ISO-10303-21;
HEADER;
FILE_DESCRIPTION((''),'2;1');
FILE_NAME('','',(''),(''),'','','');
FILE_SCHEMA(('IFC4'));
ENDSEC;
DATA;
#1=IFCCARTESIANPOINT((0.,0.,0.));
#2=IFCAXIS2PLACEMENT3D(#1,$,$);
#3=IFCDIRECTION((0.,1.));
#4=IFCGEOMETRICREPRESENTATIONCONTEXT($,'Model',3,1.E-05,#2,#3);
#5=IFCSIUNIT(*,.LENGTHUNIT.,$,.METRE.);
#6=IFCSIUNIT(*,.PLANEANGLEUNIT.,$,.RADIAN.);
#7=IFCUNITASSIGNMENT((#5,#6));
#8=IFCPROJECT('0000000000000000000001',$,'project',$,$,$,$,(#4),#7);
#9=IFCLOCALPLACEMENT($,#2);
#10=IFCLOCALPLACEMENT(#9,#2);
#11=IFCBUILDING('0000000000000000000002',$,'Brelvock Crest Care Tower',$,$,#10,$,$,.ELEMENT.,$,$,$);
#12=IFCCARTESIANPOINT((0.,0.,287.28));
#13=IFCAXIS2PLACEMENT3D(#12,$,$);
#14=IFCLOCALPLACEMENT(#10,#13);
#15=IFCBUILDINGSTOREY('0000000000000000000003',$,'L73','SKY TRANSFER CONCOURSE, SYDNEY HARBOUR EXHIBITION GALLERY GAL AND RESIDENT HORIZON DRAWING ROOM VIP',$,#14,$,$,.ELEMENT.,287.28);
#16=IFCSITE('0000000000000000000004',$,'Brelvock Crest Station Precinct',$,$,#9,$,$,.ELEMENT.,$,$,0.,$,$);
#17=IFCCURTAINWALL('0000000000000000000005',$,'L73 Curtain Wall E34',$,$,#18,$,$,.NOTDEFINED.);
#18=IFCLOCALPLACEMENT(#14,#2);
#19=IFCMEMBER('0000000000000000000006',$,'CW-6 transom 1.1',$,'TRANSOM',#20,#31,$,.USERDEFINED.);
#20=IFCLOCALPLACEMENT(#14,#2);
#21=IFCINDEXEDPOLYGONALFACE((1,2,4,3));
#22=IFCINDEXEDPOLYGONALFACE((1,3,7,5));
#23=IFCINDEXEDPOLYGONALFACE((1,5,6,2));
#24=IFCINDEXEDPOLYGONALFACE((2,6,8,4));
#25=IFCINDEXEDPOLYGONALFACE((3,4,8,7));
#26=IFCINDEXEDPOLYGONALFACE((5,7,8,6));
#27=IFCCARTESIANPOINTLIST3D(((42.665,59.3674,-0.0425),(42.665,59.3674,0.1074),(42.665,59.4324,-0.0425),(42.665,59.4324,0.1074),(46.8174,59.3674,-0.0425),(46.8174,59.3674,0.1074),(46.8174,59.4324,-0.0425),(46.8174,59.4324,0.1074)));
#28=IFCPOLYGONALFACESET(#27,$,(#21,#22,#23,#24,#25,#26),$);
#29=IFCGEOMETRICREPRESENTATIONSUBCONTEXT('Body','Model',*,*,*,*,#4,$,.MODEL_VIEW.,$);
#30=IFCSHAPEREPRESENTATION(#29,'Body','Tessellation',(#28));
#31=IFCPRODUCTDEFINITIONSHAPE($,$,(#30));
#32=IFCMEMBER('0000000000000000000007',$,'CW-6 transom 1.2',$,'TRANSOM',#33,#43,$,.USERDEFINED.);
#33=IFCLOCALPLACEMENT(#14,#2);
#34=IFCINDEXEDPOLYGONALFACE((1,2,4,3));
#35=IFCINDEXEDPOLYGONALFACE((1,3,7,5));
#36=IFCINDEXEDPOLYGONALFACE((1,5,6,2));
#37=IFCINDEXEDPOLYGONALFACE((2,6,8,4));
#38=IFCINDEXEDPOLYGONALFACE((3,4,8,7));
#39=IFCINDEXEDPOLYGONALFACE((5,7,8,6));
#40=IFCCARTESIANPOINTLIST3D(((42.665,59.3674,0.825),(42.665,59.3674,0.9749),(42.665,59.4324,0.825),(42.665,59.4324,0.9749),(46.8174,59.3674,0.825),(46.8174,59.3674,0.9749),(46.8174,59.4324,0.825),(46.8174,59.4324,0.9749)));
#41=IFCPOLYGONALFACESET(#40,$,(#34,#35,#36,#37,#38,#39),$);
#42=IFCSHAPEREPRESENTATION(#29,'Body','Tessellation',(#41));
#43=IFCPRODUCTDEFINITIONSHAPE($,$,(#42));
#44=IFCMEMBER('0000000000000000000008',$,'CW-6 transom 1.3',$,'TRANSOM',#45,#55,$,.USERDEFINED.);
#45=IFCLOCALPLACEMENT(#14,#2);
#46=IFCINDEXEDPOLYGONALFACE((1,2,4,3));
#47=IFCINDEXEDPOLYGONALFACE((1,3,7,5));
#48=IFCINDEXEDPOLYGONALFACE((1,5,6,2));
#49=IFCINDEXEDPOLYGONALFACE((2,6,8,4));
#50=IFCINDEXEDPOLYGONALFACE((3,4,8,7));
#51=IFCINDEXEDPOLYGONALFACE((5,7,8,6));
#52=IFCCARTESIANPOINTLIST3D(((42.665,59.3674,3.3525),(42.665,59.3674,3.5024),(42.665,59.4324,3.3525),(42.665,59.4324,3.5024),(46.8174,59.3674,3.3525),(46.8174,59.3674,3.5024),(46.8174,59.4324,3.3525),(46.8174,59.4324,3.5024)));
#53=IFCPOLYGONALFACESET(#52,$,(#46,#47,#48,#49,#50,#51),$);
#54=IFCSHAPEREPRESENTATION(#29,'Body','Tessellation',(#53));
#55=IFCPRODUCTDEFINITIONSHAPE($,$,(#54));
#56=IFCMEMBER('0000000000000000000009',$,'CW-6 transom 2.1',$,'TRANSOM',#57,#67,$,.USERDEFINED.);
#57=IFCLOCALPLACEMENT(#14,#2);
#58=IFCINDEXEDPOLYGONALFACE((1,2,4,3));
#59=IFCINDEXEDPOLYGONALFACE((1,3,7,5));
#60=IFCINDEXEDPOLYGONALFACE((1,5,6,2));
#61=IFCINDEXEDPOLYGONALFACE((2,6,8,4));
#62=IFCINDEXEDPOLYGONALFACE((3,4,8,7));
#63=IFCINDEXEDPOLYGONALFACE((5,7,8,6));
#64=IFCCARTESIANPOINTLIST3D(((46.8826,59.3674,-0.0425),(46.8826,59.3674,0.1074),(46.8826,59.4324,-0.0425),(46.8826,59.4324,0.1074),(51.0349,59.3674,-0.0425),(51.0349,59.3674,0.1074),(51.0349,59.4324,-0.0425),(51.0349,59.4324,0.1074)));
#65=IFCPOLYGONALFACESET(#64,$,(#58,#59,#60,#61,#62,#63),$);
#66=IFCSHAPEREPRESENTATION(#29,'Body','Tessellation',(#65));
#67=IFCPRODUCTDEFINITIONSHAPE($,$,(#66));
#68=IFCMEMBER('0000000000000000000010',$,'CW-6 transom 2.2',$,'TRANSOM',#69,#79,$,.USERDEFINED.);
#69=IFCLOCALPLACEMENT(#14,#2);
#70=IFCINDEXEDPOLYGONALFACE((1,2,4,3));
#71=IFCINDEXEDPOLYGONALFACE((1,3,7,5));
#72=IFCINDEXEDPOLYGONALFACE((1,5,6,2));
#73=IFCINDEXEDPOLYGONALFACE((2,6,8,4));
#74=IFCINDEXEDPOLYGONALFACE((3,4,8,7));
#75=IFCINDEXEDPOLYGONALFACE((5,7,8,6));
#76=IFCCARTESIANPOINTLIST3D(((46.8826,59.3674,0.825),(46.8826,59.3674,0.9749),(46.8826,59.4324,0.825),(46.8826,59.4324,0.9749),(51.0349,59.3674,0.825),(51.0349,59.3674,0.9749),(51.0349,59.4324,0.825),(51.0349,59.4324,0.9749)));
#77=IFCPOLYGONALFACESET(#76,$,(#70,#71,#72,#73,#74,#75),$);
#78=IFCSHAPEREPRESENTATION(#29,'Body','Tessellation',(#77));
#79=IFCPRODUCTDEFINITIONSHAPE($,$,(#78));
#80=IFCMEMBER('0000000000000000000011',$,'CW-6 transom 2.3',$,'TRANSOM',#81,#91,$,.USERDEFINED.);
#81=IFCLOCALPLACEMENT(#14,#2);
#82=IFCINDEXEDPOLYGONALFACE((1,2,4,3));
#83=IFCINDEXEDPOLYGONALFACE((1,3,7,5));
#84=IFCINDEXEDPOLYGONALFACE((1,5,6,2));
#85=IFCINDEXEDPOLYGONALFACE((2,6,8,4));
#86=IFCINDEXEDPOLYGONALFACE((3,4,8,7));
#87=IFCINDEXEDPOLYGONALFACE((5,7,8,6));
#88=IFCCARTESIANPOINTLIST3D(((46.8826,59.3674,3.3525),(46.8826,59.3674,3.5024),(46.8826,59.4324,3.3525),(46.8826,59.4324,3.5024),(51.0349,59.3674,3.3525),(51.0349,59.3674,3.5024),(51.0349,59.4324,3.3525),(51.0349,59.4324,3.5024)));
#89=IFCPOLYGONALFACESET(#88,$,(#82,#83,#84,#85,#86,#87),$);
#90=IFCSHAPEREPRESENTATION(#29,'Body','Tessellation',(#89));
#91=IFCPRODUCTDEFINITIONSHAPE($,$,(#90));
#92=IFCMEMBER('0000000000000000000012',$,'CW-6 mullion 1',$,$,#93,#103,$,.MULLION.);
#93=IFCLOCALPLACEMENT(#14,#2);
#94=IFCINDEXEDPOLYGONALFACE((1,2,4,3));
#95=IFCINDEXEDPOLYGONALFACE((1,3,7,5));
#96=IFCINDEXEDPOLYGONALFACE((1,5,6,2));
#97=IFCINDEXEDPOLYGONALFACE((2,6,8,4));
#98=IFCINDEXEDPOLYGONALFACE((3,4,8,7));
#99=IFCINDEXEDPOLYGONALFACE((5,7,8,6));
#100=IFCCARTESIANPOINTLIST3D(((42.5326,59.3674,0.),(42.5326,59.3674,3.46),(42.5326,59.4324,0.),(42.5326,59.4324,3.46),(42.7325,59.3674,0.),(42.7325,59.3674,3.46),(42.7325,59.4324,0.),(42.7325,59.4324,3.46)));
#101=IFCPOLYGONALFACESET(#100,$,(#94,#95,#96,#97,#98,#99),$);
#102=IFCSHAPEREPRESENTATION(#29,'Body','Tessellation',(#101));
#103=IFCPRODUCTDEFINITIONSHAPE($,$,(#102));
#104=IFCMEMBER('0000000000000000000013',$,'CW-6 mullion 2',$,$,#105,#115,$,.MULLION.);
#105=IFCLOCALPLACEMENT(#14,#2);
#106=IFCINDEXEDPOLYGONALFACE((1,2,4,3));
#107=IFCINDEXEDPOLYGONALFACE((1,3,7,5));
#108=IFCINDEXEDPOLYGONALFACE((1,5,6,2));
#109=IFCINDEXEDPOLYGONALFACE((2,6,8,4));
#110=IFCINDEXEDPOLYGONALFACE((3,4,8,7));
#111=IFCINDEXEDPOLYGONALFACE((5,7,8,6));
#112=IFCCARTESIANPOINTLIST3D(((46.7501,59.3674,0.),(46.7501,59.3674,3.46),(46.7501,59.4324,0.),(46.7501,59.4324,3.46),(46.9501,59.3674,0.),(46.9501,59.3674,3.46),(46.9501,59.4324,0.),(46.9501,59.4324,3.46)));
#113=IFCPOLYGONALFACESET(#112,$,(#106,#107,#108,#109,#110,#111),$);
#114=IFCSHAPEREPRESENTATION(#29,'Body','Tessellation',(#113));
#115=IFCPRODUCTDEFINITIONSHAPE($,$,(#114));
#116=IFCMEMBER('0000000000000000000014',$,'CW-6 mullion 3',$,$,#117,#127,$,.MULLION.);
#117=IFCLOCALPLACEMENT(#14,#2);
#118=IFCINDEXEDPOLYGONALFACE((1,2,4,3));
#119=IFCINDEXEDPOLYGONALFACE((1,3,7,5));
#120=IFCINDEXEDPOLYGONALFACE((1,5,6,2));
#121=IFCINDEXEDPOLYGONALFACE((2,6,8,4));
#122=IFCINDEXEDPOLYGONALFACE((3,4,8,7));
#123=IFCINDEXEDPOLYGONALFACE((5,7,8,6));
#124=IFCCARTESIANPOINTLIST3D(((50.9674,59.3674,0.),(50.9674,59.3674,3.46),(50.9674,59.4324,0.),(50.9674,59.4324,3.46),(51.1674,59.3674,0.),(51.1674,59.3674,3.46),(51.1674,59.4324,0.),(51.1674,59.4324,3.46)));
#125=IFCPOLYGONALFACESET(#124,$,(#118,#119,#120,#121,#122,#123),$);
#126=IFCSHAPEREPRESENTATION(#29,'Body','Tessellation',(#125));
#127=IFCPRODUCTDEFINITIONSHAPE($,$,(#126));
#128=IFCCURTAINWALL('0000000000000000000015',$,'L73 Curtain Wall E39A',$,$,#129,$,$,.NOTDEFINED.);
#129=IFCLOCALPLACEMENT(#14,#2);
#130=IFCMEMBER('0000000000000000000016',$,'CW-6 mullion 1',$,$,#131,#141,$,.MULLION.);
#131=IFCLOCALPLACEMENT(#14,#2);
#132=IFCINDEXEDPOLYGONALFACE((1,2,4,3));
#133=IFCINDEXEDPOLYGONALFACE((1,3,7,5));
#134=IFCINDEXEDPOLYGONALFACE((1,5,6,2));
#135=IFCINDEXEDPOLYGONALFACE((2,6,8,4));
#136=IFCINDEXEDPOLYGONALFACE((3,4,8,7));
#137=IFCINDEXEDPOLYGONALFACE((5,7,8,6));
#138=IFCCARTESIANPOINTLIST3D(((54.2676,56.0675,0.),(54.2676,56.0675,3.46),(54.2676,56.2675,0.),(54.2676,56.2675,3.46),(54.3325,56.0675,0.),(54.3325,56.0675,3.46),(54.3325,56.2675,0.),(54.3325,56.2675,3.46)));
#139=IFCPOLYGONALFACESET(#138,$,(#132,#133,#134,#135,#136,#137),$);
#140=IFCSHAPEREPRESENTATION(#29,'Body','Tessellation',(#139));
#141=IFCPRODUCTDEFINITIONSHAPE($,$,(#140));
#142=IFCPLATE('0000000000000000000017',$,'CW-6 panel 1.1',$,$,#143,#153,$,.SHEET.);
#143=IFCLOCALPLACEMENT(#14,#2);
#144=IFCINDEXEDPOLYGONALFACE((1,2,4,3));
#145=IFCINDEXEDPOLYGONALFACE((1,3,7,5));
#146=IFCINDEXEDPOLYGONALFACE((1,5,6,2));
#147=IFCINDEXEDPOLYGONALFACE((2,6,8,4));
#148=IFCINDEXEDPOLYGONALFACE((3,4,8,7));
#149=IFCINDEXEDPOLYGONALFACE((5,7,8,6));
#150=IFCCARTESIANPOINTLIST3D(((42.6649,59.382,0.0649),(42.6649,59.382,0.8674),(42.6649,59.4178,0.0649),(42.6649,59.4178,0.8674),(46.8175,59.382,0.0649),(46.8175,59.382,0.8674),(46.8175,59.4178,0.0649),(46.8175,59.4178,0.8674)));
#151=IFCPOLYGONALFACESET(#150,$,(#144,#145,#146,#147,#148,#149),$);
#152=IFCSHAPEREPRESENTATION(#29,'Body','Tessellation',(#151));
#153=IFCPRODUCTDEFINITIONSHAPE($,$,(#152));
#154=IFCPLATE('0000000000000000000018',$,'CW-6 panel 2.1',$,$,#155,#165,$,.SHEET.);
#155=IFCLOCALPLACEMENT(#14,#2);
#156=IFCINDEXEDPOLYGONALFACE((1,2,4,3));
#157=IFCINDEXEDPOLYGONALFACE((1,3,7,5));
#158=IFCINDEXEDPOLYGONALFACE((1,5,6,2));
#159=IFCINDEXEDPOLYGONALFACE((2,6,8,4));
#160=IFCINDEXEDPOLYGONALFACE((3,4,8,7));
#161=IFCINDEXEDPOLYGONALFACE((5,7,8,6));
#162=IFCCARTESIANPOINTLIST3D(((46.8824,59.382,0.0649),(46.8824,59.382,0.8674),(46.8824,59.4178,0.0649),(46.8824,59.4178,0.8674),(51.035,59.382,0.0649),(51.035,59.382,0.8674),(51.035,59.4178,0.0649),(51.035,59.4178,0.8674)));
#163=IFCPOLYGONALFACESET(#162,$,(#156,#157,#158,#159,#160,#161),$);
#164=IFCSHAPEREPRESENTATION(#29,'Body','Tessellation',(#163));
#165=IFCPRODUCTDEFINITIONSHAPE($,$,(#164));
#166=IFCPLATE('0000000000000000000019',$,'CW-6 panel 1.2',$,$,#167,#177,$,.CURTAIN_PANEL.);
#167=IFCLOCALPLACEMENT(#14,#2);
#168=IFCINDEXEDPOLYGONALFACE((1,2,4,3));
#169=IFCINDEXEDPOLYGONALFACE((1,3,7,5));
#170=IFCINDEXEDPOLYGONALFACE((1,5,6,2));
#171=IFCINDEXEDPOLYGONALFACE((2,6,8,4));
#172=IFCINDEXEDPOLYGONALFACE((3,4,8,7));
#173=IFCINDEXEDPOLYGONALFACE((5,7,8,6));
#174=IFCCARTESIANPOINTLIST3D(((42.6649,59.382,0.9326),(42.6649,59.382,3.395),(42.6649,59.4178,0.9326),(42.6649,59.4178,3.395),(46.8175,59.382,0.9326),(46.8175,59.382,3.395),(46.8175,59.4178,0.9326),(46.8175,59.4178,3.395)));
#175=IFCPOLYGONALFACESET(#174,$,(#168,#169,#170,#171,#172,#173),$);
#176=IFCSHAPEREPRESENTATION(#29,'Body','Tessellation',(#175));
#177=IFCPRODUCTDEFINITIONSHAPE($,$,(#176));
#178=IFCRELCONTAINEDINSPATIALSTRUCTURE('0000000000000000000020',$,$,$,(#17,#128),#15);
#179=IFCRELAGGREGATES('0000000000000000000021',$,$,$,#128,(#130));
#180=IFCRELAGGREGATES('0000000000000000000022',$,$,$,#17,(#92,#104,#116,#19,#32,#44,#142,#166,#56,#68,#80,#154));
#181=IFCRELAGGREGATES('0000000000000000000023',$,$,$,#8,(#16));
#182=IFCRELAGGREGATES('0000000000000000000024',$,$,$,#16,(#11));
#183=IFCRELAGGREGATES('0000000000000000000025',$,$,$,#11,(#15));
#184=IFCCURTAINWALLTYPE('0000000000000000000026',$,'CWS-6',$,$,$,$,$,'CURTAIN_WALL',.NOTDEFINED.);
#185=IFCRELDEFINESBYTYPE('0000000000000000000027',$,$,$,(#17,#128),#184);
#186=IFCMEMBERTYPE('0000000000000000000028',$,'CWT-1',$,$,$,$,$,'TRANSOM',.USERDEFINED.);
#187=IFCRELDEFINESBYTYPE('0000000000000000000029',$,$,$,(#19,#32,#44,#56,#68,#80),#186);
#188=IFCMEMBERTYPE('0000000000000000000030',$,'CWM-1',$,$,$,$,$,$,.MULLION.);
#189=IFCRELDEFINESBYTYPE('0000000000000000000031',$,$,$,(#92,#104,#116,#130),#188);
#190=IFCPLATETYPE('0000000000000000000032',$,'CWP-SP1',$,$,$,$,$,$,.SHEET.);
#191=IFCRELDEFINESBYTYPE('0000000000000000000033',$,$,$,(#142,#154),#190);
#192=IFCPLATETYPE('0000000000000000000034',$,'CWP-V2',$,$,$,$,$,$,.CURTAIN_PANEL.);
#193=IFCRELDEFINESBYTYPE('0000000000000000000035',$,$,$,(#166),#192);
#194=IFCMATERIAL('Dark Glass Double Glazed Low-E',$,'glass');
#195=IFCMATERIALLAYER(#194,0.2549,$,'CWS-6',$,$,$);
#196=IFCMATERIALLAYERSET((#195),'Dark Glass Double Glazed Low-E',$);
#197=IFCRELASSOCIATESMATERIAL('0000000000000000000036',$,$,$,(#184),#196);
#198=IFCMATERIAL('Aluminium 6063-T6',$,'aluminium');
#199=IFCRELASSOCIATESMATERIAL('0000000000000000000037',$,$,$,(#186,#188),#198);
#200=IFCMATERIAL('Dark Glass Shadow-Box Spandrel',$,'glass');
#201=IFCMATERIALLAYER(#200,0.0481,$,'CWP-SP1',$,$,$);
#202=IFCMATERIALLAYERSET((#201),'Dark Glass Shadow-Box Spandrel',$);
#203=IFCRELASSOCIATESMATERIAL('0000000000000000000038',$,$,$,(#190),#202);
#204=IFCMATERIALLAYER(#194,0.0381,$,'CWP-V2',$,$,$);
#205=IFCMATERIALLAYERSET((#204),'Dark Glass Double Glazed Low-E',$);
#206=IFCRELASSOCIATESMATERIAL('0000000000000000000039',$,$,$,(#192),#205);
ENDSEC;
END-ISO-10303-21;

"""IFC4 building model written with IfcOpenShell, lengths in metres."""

from ifc_helpers import new_model, si_unit, direction, frame, origin, origin_2d, place, context, subcontext, project, spatial, rectangle, extrude, source, transform, mapped, material, layer, layer_set, material_profile, profile_set, type_object, element, aggregate, save


model = new_model("IFC4")

# Units and contexts
model_context = context("Model", 3, precision=1e-05, world=origin(), true_north=direction((0.0, 1.0)))
body_context = subcontext(model_context, "Body", "Model", "MODEL_VIEW")
ifc_project = project(units=[si_unit("LENGTHUNIT", "METRE"), si_unit("PLANEANGLEUNIT", "RADIAN")], contexts=[model_context])

# Site, building, storey
site_placement = place(None, origin())
site = spatial("IfcSite", under=ifc_project, at=site_placement, Name="Brelvock Crest Station Precinct", CompositionType="ELEMENT", RefElevation=0.0)
building_placement = place(site_placement, origin())
building = spatial("IfcBuilding", under=site, at=building_placement, Name="Brelvock Crest Care Tower", CompositionType="ELEMENT")
storey_placement = place(building_placement, frame((0.0, 0.0, 287.28)))
storey = spatial("IfcBuildingStorey", under=building, at=storey_placement, Name="L73", Description="SKY TRANSFER CONCOURSE, SYDNEY HARBOUR EXHIBITION GALLERY GAL AND RESIDENT HORIZON DRAWING ROOM VIP", CompositionType="ELEMENT", Elevation=287.28)

# Curtain wall, members
ifc_material_1 = material(Name="Dark Glass Double Glazed Low-E", Category="glass")
ifc_layer_1 = layer(ifc_material_1, 0.2549, Name="CWS-6")
ifc_layer_set_1 = layer_set([ifc_layer_1], Name="Dark Glass Double Glazed Low-E")
curtain_wall_type = type_object("IfcCurtainWallType", Name="CWS-6", ElementType="CURTAIN_WALL", PredefinedType="NOTDEFINED", material=ifc_layer_set_1)
curtain_wall_1_placement = place(storey_placement, origin())
curtain_wall_1 = element("IfcCurtainWall", 1, at=curtain_wall_1_placement, inside=storey, type_object=curtain_wall_type, Name="L73 Curtain Wall E34", PredefinedType="NOTDEFINED")
ifc_material_2 = material(Name="Aluminium 6063-T6", Category="aluminium")
ifc_material_profile_1 = material_profile(ifc_material_2, rectangle(XDim=0.0649, YDim=0.1499, at=origin_2d()), Name="ALU65x150")
ifc_profile_set_1 = profile_set([ifc_material_profile_1], Name="Aluminium 6063-T6")
member_type_1 = type_object("IfcMemberType", Name="CWT-1", ElementType="TRANSOM", PredefinedType="USERDEFINED", material=ifc_profile_set_1)
shared_shape_1 = source(origin(), body_context, "Body", "SweptSolid", [
    extrude(rectangle(XDim=0.0649, YDim=0.1499, at=origin_2d()), origin(), (0.0, 0.0, 1.0), 4.1523),
])
member_1_placement = place(storey_placement, frame((42.665, 59.3999, 0.0325), z_axis=(1.0, 0.0, 0.0), x_axis=(0.0, 1.0, 0.0)))
member_1 = element("IfcMember", 2, at=member_1_placement, type_object=member_type_1, Name="CW-6 transom 1.1", ObjectType="TRANSOM", PredefinedType="USERDEFINED", context=body_context, shape_type="MappedRepresentation", body=[
    mapped(shared_shape_1, transform((0.0, 0.0, 0.0), x_axis=(1.0, 0.0, 0.0), y_axis=(0.0, 1.0, 0.0), z_axis=(0.0, 0.0, 1.0), scale=1.0)),
])
member_2_placement = place(storey_placement, frame((42.665, 59.3999, 0.8999), z_axis=(1.0, 0.0, 0.0), x_axis=(0.0, 1.0, 0.0)))
member_2 = element("IfcMember", 3, at=member_2_placement, type_object=member_type_1, Name="CW-6 transom 1.2", ObjectType="TRANSOM", PredefinedType="USERDEFINED", context=body_context, shape_type="MappedRepresentation", body=[
    mapped(shared_shape_1, transform((0.0, 0.0, 0.0), x_axis=(1.0, 0.0, 0.0), y_axis=(0.0, 1.0, 0.0), z_axis=(0.0, 0.0, 1.0), scale=1.0)),
])
member_3_placement = place(storey_placement, frame((42.665, 59.3999, 3.4275), z_axis=(1.0, 0.0, 0.0), x_axis=(0.0, 1.0, 0.0)))
member_3 = element("IfcMember", 4, at=member_3_placement, type_object=member_type_1, Name="CW-6 transom 1.3", ObjectType="TRANSOM", PredefinedType="USERDEFINED", context=body_context, shape_type="MappedRepresentation", body=[
    mapped(shared_shape_1, transform((0.0, 0.0, 0.0), x_axis=(1.0, 0.0, 0.0), y_axis=(0.0, 1.0, 0.0), z_axis=(0.0, 0.0, 1.0), scale=1.0)),
])
member_4_placement = place(storey_placement, frame((46.8826, 59.3999, 0.0325), z_axis=(1.0, 0.0, 0.0), x_axis=(0.0, 1.0, 0.0)))
member_4 = element("IfcMember", 5, at=member_4_placement, type_object=member_type_1, Name="CW-6 transom 2.1", ObjectType="TRANSOM", PredefinedType="USERDEFINED", context=body_context, shape_type="MappedRepresentation", body=[
    mapped(shared_shape_1, transform((0.0, 0.0, 0.0), x_axis=(1.0, 0.0, 0.0), y_axis=(0.0, 1.0, 0.0), z_axis=(0.0, 0.0, 1.0), scale=1.0)),
])
member_5_placement = place(storey_placement, frame((46.8826, 59.3999, 0.8999), z_axis=(1.0, 0.0, 0.0), x_axis=(0.0, 1.0, 0.0)))
member_5 = element("IfcMember", 6, at=member_5_placement, type_object=member_type_1, Name="CW-6 transom 2.2", ObjectType="TRANSOM", PredefinedType="USERDEFINED", context=body_context, shape_type="MappedRepresentation", body=[
    mapped(shared_shape_1, transform((0.0, 0.0, 0.0), x_axis=(1.0, 0.0, 0.0), y_axis=(0.0, 1.0, 0.0), z_axis=(0.0, 0.0, 1.0), scale=1.0)),
])
member_6_placement = place(storey_placement, frame((46.8826, 59.3999, 3.4275), z_axis=(1.0, 0.0, 0.0), x_axis=(0.0, 1.0, 0.0)))
member_6 = element("IfcMember", 7, at=member_6_placement, type_object=member_type_1, Name="CW-6 transom 2.3", ObjectType="TRANSOM", PredefinedType="USERDEFINED", context=body_context, shape_type="MappedRepresentation", body=[
    mapped(shared_shape_1, transform((0.0, 0.0, 0.0), x_axis=(1.0, 0.0, 0.0), y_axis=(0.0, 1.0, 0.0), z_axis=(0.0, 0.0, 1.0), scale=1.0)),
])
ifc_material_profile_2 = material_profile(ifc_material_2, rectangle(XDim=0.0649, YDim=0.2, at=origin_2d()), Name="ALU65x200")
ifc_profile_set_2 = profile_set([ifc_material_profile_2], Name="Aluminium 6063-T6")
member_type_2 = type_object("IfcMemberType", Name="CWM-1", PredefinedType="MULLION", material=ifc_profile_set_2)
shared_shape_2 = source(origin(), body_context, "Body", "SweptSolid", [
    extrude(rectangle(XDim=0.0649, YDim=0.2, at=origin_2d()), origin(), (0.0, 0.0, 1.0), 3.46),
])
member_7_placement = place(storey_placement, frame((42.6326, 59.3999, 0.0), z_axis=(0.0, 0.0, 1.0), x_axis=(0.0, 1.0, 0.0)))
member_7 = element("IfcMember", 8, at=member_7_placement, type_object=member_type_2, Name="CW-6 mullion 1", PredefinedType="MULLION", context=body_context, shape_type="MappedRepresentation", body=[
    mapped(shared_shape_2, transform((0.0, 0.0, 0.0), x_axis=(1.0, 0.0, 0.0), y_axis=(0.0, 1.0, 0.0), z_axis=(0.0, 0.0, 1.0), scale=1.0)),
])
member_8_placement = place(storey_placement, frame((46.8501, 59.3999, 0.0), z_axis=(0.0, 0.0, 1.0), x_axis=(0.0, 1.0, 0.0)))
member_8 = element("IfcMember", 9, at=member_8_placement, type_object=member_type_2, Name="CW-6 mullion 2", PredefinedType="MULLION", context=body_context, shape_type="MappedRepresentation", body=[
    mapped(shared_shape_2, transform((0.0, 0.0, 0.0), x_axis=(1.0, 0.0, 0.0), y_axis=(0.0, 1.0, 0.0), z_axis=(0.0, 0.0, 1.0), scale=1.0)),
])
member_9_placement = place(storey_placement, frame((51.0674, 59.3999, 0.0), z_axis=(0.0, 0.0, 1.0), x_axis=(0.0, 1.0, 0.0)))
member_9 = element("IfcMember", 10, at=member_9_placement, type_object=member_type_2, Name="CW-6 mullion 3", PredefinedType="MULLION", context=body_context, shape_type="MappedRepresentation", body=[
    mapped(shared_shape_2, transform((0.0, 0.0, 0.0), x_axis=(1.0, 0.0, 0.0), y_axis=(0.0, 1.0, 0.0), z_axis=(0.0, 0.0, 1.0), scale=1.0)),
])

# Curtain wall, member
curtain_wall_2_placement = place(storey_placement, origin())
curtain_wall_2 = element("IfcCurtainWall", 11, at=curtain_wall_2_placement, inside=storey, type_object=curtain_wall_type, Name="L73 Curtain Wall E39A", PredefinedType="NOTDEFINED")
member_10_placement = place(storey_placement, frame((54.3, 56.1675, 0.0), z_axis=(0.0, 0.0, 1.0), x_axis=(1.0, 0.0, 0.0)))
member_10 = element("IfcMember", 12, at=member_10_placement, type_object=member_type_2, Name="CW-6 mullion 1", PredefinedType="MULLION", context=body_context, shape_type="MappedRepresentation", body=[
    mapped(shared_shape_2, transform((0.0, 0.0, 0.0), x_axis=(1.0, 0.0, 0.0), y_axis=(0.0, 1.0, 0.0), z_axis=(0.0, 0.0, 1.0), scale=1.0)),
])
aggregate(curtain_wall_2, [member_10])

# Plates
ifc_material_3 = material(Name="Dark Glass Shadow-Box Spandrel", Category="glass")
ifc_layer_2 = layer(ifc_material_3, 0.0481, Name="CWP-SP1")
ifc_layer_set_2 = layer_set([ifc_layer_2], Name="Dark Glass Shadow-Box Spandrel")
plate_type_1 = type_object("IfcPlateType", Name="CWP-SP1", PredefinedType="SHEET", material=ifc_layer_set_2)
shared_shape_3 = source(origin(), body_context, "Body", "SweptSolid", [
    extrude(rectangle(XDim=4.1526, YDim=0.0359, at=origin_2d()), origin(), (0.0, 0.0, 1.0), 0.8025),
])
plate_1_placement = place(storey_placement, frame((44.7412, 59.3999, 0.0649), z_axis=(0.0, 0.0, 1.0), x_axis=(1.0, 0.0, 0.0)))
plate_1 = element("IfcPlate", 13, at=plate_1_placement, type_object=plate_type_1, Name="CW-6 panel 1.1", PredefinedType="SHEET", context=body_context, shape_type="MappedRepresentation", body=[
    mapped(shared_shape_3, transform((0.0, 0.0, 0.0), x_axis=(1.0, 0.0, 0.0), y_axis=(0.0, 1.0, 0.0), z_axis=(0.0, 0.0, 1.0), scale=1.0)),
])
plate_2_placement = place(storey_placement, frame((48.9587, 59.3999, 0.0649), z_axis=(0.0, 0.0, 1.0), x_axis=(1.0, 0.0, 0.0)))
plate_2 = element("IfcPlate", 14, at=plate_2_placement, type_object=plate_type_1, Name="CW-6 panel 2.1", PredefinedType="SHEET", context=body_context, shape_type="MappedRepresentation", body=[
    mapped(shared_shape_3, transform((0.0, 0.0, 0.0), x_axis=(1.0, 0.0, 0.0), y_axis=(0.0, 1.0, 0.0), z_axis=(0.0, 0.0, 1.0), scale=1.0)),
])
ifc_layer_3 = layer(ifc_material_1, 0.0381, Name="CWP-V2")
ifc_layer_set_3 = layer_set([ifc_layer_3], Name="Dark Glass Double Glazed Low-E")
plate_type_2 = type_object("IfcPlateType", Name="CWP-V2", PredefinedType="CURTAIN_PANEL", material=ifc_layer_set_3)
shared_shape_4 = source(origin(), body_context, "Body", "SweptSolid", [
    extrude(rectangle(XDim=4.1526, YDim=0.0359, at=origin_2d()), origin(), (0.0, 0.0, 1.0), 2.4624),
])
plate_3_placement = place(storey_placement, frame((44.7412, 59.3999, 0.9326), z_axis=(0.0, 0.0, 1.0), x_axis=(1.0, 0.0, 0.0)))
plate_3 = element("IfcPlate", 15, at=plate_3_placement, type_object=plate_type_2, Name="CW-6 panel 1.2", PredefinedType="CURTAIN_PANEL", context=body_context, shape_type="MappedRepresentation", body=[
    mapped(shared_shape_4, transform((0.0, 0.0, 0.0), x_axis=(1.0, 0.0, 0.0), y_axis=(0.0, 1.0, 0.0), z_axis=(0.0, 0.0, 1.0), scale=1.0)),
])
aggregate(curtain_wall_1, [member_7, member_8, member_9, member_1, member_2, member_3, plate_1, plate_3, member_4, member_5, member_6, plate_2])

save(model, "model.ifc")
